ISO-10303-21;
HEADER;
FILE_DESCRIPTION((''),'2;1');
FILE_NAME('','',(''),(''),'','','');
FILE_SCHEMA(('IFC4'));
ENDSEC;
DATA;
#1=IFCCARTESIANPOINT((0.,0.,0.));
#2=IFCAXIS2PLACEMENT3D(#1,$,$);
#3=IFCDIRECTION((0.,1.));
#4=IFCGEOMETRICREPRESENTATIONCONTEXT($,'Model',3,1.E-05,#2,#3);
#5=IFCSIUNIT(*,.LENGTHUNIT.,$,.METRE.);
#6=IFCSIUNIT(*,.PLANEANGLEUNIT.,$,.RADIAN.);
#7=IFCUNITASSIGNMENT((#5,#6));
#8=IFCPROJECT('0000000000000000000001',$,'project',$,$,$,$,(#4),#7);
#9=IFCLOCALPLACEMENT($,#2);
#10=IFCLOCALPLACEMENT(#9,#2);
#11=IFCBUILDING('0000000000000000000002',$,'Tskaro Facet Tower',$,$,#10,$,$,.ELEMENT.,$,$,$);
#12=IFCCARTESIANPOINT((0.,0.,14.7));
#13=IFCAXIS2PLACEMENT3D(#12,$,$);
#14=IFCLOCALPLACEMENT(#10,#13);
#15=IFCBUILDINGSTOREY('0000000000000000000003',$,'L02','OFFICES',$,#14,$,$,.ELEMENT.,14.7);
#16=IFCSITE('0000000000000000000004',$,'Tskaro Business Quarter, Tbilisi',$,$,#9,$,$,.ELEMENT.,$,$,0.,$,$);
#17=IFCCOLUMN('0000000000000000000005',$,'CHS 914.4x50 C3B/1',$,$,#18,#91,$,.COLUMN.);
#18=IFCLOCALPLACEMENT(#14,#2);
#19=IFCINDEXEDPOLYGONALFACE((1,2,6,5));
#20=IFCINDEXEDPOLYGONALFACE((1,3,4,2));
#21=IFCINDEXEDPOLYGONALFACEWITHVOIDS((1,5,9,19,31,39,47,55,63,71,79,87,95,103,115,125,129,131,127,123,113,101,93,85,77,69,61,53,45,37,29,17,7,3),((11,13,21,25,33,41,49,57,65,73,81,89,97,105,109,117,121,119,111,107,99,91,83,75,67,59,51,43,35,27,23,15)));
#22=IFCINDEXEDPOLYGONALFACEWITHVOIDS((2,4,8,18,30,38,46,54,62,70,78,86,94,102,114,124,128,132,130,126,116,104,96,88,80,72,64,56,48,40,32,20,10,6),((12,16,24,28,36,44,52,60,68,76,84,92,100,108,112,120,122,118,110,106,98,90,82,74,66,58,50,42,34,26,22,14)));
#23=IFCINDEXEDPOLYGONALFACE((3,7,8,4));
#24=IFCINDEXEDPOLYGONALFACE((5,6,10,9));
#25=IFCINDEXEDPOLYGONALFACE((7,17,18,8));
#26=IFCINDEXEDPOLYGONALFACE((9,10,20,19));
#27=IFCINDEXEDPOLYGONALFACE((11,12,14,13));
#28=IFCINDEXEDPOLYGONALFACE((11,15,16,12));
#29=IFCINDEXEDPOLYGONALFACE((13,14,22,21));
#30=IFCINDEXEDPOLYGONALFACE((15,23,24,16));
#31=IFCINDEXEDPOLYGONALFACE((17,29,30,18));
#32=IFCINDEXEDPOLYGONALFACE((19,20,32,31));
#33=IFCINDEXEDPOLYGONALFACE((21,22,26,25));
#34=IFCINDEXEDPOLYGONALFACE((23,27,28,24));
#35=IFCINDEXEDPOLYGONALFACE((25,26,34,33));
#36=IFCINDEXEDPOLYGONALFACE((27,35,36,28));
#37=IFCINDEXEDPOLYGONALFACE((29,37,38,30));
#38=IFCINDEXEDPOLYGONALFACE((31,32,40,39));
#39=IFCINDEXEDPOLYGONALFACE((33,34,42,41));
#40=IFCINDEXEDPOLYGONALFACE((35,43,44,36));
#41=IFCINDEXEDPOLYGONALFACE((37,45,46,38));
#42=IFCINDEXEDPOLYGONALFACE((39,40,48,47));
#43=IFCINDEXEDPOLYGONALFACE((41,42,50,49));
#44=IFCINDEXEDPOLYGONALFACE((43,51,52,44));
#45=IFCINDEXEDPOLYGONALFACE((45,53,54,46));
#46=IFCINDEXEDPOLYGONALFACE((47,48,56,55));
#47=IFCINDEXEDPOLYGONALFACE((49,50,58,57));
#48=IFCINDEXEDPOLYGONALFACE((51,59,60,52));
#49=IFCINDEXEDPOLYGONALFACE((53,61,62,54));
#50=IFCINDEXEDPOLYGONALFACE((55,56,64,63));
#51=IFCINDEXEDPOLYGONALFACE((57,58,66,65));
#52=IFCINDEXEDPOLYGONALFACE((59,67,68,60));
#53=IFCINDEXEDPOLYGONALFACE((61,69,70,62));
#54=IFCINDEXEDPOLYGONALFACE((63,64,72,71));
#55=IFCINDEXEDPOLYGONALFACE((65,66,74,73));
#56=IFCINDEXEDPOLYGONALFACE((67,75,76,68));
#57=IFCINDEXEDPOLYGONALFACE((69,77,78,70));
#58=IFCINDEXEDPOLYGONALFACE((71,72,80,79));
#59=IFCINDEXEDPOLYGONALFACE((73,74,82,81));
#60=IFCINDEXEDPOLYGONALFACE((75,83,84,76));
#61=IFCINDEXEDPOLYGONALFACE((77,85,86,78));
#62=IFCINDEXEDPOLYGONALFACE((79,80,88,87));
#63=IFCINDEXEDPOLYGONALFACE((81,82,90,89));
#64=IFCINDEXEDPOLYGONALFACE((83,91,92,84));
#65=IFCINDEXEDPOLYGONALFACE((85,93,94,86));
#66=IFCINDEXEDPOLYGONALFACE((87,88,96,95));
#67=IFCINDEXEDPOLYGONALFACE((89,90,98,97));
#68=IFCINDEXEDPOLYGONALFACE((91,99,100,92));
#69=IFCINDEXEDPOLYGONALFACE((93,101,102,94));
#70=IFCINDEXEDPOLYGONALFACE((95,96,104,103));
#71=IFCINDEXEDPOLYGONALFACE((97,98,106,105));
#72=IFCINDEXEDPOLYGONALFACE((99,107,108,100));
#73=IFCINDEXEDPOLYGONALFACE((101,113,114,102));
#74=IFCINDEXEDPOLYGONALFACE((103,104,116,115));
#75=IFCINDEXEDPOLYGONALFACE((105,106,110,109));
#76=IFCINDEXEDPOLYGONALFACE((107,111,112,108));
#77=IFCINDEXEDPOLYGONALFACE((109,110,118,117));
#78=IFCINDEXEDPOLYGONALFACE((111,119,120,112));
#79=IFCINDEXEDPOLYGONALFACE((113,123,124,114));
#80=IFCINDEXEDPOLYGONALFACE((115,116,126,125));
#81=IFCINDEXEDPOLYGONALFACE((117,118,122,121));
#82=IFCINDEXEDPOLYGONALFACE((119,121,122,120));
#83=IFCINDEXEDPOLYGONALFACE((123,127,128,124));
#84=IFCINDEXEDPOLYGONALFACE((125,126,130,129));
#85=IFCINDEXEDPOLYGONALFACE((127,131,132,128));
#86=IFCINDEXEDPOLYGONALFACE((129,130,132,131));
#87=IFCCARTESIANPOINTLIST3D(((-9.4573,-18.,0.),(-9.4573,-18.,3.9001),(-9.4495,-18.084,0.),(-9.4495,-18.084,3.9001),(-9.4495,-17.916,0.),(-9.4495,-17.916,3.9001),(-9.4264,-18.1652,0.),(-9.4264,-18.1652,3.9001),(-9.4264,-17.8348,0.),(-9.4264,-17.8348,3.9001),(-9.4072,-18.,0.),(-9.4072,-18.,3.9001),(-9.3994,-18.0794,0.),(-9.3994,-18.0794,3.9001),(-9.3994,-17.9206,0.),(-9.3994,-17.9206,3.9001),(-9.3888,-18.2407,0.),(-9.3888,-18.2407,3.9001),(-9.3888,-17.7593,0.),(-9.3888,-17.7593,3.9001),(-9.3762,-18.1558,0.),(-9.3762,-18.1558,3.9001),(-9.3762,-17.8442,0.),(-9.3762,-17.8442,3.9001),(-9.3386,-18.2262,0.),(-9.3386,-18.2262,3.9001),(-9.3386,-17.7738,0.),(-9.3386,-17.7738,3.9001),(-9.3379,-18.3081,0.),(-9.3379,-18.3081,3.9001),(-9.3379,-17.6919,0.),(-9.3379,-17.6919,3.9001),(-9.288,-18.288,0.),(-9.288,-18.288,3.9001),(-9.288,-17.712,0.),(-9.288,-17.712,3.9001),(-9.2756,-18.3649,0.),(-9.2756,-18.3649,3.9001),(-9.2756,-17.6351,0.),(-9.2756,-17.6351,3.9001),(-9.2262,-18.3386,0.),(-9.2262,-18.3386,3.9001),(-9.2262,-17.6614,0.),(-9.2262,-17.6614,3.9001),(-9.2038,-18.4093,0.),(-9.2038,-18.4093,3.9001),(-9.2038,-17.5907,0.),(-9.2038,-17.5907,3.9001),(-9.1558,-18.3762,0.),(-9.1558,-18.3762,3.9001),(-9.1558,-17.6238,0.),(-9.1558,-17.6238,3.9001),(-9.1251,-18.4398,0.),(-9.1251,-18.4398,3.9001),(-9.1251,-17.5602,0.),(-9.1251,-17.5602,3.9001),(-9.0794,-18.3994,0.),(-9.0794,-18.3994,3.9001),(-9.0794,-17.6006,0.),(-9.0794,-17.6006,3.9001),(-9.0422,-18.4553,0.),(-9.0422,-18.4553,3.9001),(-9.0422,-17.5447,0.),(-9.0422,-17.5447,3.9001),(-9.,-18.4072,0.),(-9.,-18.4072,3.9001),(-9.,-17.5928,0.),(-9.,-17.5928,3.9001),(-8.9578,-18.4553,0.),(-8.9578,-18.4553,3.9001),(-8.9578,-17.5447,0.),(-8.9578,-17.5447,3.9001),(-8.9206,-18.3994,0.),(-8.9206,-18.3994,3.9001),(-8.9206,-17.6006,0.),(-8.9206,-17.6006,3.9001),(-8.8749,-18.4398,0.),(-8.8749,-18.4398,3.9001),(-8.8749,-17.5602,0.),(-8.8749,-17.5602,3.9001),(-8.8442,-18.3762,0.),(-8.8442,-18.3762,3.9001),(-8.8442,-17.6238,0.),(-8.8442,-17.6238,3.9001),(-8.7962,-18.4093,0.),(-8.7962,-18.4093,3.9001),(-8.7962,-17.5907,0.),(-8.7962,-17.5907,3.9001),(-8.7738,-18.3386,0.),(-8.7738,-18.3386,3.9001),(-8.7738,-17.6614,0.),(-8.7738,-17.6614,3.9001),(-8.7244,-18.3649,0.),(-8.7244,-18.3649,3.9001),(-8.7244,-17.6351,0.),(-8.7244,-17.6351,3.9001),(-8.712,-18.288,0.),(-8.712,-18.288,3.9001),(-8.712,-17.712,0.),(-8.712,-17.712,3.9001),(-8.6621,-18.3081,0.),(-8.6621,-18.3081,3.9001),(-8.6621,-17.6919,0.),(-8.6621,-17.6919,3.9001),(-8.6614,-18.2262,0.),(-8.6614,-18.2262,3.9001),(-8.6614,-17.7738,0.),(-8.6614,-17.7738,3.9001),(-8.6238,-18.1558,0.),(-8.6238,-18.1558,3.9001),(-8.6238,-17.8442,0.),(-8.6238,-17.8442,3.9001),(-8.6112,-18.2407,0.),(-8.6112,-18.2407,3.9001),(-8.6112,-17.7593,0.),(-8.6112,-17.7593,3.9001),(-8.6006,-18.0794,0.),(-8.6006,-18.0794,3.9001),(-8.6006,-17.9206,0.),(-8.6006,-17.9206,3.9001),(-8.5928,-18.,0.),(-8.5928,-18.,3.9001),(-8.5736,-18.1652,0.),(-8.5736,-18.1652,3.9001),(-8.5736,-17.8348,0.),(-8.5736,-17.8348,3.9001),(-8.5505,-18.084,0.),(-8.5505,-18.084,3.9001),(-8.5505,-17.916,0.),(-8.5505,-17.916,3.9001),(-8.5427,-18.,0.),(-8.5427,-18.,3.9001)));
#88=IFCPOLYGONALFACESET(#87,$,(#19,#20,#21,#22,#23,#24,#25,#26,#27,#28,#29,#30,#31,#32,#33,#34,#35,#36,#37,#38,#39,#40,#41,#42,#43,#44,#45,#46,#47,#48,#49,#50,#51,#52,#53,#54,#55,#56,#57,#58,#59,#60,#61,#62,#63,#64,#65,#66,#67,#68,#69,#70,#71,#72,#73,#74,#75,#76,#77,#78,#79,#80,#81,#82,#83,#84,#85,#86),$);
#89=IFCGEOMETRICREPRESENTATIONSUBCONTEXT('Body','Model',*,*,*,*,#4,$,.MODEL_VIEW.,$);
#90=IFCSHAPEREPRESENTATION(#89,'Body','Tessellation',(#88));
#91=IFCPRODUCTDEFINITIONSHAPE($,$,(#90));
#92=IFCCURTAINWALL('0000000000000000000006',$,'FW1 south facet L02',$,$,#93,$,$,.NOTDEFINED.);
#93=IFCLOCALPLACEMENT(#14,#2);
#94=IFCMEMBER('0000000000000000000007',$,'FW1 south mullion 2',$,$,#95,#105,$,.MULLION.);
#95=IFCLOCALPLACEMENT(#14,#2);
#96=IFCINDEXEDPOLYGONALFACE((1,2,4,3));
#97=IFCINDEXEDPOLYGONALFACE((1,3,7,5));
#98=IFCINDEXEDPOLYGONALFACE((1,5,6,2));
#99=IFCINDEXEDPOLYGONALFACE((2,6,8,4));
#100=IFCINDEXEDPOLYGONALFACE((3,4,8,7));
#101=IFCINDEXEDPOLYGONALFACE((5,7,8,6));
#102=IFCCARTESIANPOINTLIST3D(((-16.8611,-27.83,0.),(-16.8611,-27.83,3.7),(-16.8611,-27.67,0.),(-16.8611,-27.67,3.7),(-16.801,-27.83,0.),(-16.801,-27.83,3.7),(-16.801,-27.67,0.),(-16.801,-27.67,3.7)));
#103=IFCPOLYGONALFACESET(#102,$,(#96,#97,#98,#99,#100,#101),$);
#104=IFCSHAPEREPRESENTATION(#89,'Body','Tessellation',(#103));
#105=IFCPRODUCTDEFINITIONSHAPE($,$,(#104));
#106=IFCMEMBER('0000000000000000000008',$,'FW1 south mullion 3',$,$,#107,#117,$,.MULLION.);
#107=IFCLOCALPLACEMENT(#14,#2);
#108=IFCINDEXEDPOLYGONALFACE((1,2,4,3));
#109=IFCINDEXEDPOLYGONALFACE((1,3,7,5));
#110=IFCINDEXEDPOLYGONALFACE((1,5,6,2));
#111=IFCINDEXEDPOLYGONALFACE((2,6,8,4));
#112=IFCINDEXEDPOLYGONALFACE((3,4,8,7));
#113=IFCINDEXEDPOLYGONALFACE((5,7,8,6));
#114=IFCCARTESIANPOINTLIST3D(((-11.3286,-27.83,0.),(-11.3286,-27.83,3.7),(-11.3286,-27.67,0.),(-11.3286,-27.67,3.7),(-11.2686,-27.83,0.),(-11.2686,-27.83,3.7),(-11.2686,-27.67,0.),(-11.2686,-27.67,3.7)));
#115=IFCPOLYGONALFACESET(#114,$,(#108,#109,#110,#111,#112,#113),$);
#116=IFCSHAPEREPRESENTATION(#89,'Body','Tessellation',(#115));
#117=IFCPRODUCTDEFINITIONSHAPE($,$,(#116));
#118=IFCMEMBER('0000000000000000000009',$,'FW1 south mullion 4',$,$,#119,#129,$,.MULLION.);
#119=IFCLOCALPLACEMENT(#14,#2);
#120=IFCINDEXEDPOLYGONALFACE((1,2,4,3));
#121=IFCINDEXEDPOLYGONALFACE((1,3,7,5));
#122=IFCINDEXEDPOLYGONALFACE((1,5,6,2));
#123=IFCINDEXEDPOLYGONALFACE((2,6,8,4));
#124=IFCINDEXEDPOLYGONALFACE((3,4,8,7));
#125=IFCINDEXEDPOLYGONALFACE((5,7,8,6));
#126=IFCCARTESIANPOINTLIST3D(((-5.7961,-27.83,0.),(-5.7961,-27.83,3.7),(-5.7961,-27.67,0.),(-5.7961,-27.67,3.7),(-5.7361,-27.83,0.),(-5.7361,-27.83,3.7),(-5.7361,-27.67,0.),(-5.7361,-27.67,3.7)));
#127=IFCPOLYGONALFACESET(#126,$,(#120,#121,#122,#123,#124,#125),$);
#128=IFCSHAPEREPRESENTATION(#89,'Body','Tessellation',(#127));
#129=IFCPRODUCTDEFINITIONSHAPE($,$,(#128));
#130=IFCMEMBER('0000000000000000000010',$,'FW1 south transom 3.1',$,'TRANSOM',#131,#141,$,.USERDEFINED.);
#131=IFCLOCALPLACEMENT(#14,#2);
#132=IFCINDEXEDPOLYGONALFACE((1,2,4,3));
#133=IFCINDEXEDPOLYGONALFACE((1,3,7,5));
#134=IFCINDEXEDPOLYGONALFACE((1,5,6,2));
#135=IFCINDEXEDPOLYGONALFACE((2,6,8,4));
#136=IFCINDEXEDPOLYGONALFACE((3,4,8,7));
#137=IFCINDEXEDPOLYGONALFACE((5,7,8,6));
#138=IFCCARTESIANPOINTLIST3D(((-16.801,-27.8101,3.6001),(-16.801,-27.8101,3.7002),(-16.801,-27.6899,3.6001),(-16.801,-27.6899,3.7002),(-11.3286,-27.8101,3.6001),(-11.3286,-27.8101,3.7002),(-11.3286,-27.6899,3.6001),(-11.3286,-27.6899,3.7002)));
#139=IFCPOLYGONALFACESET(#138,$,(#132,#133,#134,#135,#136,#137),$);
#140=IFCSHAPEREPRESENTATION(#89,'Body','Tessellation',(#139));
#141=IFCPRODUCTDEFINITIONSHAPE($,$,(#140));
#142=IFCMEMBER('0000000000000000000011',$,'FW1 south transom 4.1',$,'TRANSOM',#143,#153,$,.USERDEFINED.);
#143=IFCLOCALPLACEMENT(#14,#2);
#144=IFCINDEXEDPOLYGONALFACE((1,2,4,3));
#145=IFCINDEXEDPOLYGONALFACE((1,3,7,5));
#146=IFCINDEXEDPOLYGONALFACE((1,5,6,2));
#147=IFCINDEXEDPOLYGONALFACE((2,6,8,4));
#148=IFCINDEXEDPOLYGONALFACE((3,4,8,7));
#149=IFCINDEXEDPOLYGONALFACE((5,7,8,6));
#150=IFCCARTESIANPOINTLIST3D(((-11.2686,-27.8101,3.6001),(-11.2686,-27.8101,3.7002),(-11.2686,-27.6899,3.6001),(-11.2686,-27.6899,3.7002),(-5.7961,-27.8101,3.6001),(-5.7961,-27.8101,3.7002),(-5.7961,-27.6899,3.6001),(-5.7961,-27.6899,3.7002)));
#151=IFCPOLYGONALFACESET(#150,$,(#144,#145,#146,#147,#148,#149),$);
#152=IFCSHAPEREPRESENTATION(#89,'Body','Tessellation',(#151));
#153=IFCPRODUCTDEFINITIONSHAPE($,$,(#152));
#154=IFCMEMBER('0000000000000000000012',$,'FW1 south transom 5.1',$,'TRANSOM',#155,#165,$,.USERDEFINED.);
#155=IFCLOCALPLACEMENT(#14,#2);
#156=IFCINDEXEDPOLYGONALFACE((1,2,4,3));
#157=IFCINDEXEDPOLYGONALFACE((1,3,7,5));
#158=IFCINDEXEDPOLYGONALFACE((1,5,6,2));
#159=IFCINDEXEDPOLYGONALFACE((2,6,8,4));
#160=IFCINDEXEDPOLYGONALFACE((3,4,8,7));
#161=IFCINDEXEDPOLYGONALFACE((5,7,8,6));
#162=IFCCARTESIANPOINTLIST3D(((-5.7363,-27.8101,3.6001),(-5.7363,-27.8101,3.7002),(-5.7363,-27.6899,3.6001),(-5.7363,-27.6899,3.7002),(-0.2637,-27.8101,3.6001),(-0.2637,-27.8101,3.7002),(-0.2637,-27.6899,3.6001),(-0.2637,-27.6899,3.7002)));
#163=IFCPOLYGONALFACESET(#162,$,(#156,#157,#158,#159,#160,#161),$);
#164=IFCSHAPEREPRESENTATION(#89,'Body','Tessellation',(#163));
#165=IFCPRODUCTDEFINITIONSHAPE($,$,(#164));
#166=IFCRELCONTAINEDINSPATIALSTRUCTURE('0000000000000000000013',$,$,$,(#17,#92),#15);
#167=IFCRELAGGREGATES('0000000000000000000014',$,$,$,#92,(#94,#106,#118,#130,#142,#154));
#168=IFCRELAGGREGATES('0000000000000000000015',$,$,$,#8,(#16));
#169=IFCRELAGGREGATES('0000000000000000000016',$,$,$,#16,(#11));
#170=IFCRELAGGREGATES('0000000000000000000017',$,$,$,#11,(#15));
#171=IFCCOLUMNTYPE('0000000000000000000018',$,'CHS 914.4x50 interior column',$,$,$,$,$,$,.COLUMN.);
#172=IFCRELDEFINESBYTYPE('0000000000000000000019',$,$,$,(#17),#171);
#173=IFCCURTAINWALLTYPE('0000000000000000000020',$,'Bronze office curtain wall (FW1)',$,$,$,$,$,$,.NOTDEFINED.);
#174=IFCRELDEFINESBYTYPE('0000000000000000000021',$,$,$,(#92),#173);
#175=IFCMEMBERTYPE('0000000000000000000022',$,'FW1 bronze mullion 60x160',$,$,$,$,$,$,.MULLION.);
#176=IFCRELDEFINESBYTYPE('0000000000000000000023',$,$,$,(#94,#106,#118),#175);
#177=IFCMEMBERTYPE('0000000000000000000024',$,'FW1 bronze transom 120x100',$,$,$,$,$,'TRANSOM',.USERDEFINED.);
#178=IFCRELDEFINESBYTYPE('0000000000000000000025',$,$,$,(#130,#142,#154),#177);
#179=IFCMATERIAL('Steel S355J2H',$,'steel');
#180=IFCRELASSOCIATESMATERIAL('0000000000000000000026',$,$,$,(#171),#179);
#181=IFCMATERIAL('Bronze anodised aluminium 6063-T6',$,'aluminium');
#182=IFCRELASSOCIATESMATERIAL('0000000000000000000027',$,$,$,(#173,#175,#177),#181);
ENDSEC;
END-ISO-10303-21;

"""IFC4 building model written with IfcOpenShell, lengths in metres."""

from ifc_helpers import new_model, si_unit, direction, frame, origin, origin_2d, place, context, subcontext, project, spatial, rectangle, hollow_circle, extrude, material, material_profile, profile_set, type_object, element, aggregate, save


model = new_model("IFC4")

# Units and contexts
model_context = context("Model", 3, precision=1e-05, world=origin(), true_north=direction((0.0, 1.0)))
body_context = subcontext(model_context, "Body", "Model", "MODEL_VIEW")
ifc_project = project(units=[si_unit("LENGTHUNIT", "METRE"), si_unit("PLANEANGLEUNIT", "RADIAN")], contexts=[model_context])

# Site, building, storey
site_placement = place(None, origin())
site = spatial("IfcSite", under=ifc_project, at=site_placement, Name="Tskaro Business Quarter, Tbilisi", CompositionType="ELEMENT", RefElevation=0.0)
building_placement = place(site_placement, origin())
building = spatial("IfcBuilding", under=site, at=building_placement, Name="Tskaro Facet Tower", CompositionType="ELEMENT")
storey_placement = place(building_placement, frame((0.0, 0.0, 14.7)))
storey = spatial("IfcBuildingStorey", under=building, at=storey_placement, Name="L02", Description="OFFICES", CompositionType="ELEMENT", Elevation=14.7)

# Column
ifc_material_1 = material(Name="Steel S355J2H", Category="steel")
ifc_material_profile_1 = material_profile(ifc_material_1, hollow_circle(Radius=0.4573, WallThickness=0.05, at=origin_2d()), Name="CHS 914.4x50")
ifc_profile_set_1 = profile_set([ifc_material_profile_1], Name="Steel S355J2H")
column_type_1 = type_object("IfcColumnType", Name="CHS 914.4x50 interior column", PredefinedType="COLUMN", material=ifc_profile_set_1)
column_1_placement = place(storey_placement, frame((-9.0, -18.0, 0.0), z_axis=(0.0, 0.0, 1.0), x_axis=(1.0, 0.0, 0.0)))
element("IfcColumn", 1, at=column_1_placement, inside=storey, type_object=column_type_1, Name="CHS 914.4x50 C3B/1", PredefinedType="COLUMN", context=body_context, shape_type="SweptSolid", body=[
    extrude(hollow_circle(Radius=0.4573, WallThickness=0.05, at=origin_2d()), origin(), (0.0, 0.0, 1.0), 3.9001),
])

# Curtain wall, members
ifc_material_2 = material(Name="Bronze anodised aluminium 6063-T6", Category="aluminium")
curtain_wall_type = type_object("IfcCurtainWallType", Name="Bronze office curtain wall (FW1)", PredefinedType="NOTDEFINED", material=ifc_material_2)
curtain_wall_placement = place(storey_placement, origin())
curtain_wall = element("IfcCurtainWall", 2, at=curtain_wall_placement, inside=storey, type_object=curtain_wall_type, Name="FW1 south facet L02", PredefinedType="NOTDEFINED")
ifc_material_profile_2 = material_profile(ifc_material_2, rectangle(XDim=0.0601, YDim=0.1599, at=origin_2d()), Name="Mullion 60x160")
ifc_profile_set_2 = profile_set([ifc_material_profile_2], Name="Bronze anodised aluminium 6063-T6")
member_type_1 = type_object("IfcMemberType", Name="FW1 bronze mullion 60x160", PredefinedType="MULLION", material=ifc_profile_set_2)
member_1_placement = place(storey_placement, frame((-16.8311, -27.75, 0.0), z_axis=(0.0, 0.0, 1.0), x_axis=(1.0, 0.0, 0.0)))
member_1 = element("IfcMember", 3, at=member_1_placement, type_object=member_type_1, Name="FW1 south mullion 2", PredefinedType="MULLION", context=body_context, shape_type="SweptSolid", body=[
    extrude(rectangle(XDim=0.0601, YDim=0.1599, at=origin_2d()), origin(), (0.0, 0.0, 1.0), 3.7),
])
member_2_placement = place(storey_placement, frame((-11.2986, -27.75, 0.0), z_axis=(0.0, 0.0, 1.0), x_axis=(1.0, 0.0, 0.0)))
member_2 = element("IfcMember", 4, at=member_2_placement, type_object=member_type_1, Name="FW1 south mullion 3", PredefinedType="MULLION", context=body_context, shape_type="SweptSolid", body=[
    extrude(rectangle(XDim=0.0601, YDim=0.1599, at=origin_2d()), origin(), (0.0, 0.0, 1.0), 3.7),
])
member_3_placement = place(storey_placement, frame((-5.7661, -27.75, 0.0), z_axis=(0.0, 0.0, 1.0), x_axis=(1.0, 0.0, 0.0)))
member_3 = element("IfcMember", 5, at=member_3_placement, type_object=member_type_1, Name="FW1 south mullion 4", PredefinedType="MULLION", context=body_context, shape_type="SweptSolid", body=[
    extrude(rectangle(XDim=0.0601, YDim=0.1599, at=origin_2d()), origin(), (0.0, 0.0, 1.0), 3.7),
])
ifc_material_profile_3 = material_profile(ifc_material_2, rectangle(XDim=0.1201, YDim=0.1001, at=origin_2d()), Name="Transom 120x100")
ifc_profile_set_3 = profile_set([ifc_material_profile_3], Name="Bronze anodised aluminium 6063-T6")
member_type_2 = type_object("IfcMemberType", Name="FW1 bronze transom 120x100", ElementType="TRANSOM", PredefinedType="USERDEFINED", material=ifc_profile_set_3)
member_4_placement = place(storey_placement, frame((-16.801, -27.75, 3.6501), z_axis=(1.0, 0.0, 0.0), x_axis=(0.0, 1.0, 0.0)))
member_4 = element("IfcMember", 6, at=member_4_placement, type_object=member_type_2, Name="FW1 south transom 3.1", ObjectType="TRANSOM", PredefinedType="USERDEFINED", context=body_context, shape_type="SweptSolid", body=[
    extrude(rectangle(XDim=0.1201, YDim=0.1001, at=origin_2d()), origin(), (0.0, 0.0, 1.0), 5.4724),
])
member_5_placement = place(storey_placement, frame((-11.2686, -27.75, 3.6501), z_axis=(1.0, 0.0, 0.0), x_axis=(0.0, 1.0, 0.0)))
member_5 = element("IfcMember", 7, at=member_5_placement, type_object=member_type_2, Name="FW1 south transom 4.1", ObjectType="TRANSOM", PredefinedType="USERDEFINED", context=body_context, shape_type="SweptSolid", body=[
    extrude(rectangle(XDim=0.1201, YDim=0.1001, at=origin_2d()), origin(), (0.0, 0.0, 1.0), 5.4724),
])
member_6_placement = place(storey_placement, frame((-5.7363, -27.75, 3.6501), z_axis=(1.0, 0.0, 0.0), x_axis=(0.0, 1.0, 0.0)))
member_6 = element("IfcMember", 8, at=member_6_placement, type_object=member_type_2, Name="FW1 south transom 5.1", ObjectType="TRANSOM", PredefinedType="USERDEFINED", context=body_context, shape_type="SweptSolid", body=[
    extrude(rectangle(XDim=0.1201, YDim=0.1001, at=origin_2d()), origin(), (0.0, 0.0, 1.0), 5.4727),
])

aggregate(curtain_wall, [member_1, member_2, member_3, member_4, member_5, member_6])

save(model, "model.ifc")
